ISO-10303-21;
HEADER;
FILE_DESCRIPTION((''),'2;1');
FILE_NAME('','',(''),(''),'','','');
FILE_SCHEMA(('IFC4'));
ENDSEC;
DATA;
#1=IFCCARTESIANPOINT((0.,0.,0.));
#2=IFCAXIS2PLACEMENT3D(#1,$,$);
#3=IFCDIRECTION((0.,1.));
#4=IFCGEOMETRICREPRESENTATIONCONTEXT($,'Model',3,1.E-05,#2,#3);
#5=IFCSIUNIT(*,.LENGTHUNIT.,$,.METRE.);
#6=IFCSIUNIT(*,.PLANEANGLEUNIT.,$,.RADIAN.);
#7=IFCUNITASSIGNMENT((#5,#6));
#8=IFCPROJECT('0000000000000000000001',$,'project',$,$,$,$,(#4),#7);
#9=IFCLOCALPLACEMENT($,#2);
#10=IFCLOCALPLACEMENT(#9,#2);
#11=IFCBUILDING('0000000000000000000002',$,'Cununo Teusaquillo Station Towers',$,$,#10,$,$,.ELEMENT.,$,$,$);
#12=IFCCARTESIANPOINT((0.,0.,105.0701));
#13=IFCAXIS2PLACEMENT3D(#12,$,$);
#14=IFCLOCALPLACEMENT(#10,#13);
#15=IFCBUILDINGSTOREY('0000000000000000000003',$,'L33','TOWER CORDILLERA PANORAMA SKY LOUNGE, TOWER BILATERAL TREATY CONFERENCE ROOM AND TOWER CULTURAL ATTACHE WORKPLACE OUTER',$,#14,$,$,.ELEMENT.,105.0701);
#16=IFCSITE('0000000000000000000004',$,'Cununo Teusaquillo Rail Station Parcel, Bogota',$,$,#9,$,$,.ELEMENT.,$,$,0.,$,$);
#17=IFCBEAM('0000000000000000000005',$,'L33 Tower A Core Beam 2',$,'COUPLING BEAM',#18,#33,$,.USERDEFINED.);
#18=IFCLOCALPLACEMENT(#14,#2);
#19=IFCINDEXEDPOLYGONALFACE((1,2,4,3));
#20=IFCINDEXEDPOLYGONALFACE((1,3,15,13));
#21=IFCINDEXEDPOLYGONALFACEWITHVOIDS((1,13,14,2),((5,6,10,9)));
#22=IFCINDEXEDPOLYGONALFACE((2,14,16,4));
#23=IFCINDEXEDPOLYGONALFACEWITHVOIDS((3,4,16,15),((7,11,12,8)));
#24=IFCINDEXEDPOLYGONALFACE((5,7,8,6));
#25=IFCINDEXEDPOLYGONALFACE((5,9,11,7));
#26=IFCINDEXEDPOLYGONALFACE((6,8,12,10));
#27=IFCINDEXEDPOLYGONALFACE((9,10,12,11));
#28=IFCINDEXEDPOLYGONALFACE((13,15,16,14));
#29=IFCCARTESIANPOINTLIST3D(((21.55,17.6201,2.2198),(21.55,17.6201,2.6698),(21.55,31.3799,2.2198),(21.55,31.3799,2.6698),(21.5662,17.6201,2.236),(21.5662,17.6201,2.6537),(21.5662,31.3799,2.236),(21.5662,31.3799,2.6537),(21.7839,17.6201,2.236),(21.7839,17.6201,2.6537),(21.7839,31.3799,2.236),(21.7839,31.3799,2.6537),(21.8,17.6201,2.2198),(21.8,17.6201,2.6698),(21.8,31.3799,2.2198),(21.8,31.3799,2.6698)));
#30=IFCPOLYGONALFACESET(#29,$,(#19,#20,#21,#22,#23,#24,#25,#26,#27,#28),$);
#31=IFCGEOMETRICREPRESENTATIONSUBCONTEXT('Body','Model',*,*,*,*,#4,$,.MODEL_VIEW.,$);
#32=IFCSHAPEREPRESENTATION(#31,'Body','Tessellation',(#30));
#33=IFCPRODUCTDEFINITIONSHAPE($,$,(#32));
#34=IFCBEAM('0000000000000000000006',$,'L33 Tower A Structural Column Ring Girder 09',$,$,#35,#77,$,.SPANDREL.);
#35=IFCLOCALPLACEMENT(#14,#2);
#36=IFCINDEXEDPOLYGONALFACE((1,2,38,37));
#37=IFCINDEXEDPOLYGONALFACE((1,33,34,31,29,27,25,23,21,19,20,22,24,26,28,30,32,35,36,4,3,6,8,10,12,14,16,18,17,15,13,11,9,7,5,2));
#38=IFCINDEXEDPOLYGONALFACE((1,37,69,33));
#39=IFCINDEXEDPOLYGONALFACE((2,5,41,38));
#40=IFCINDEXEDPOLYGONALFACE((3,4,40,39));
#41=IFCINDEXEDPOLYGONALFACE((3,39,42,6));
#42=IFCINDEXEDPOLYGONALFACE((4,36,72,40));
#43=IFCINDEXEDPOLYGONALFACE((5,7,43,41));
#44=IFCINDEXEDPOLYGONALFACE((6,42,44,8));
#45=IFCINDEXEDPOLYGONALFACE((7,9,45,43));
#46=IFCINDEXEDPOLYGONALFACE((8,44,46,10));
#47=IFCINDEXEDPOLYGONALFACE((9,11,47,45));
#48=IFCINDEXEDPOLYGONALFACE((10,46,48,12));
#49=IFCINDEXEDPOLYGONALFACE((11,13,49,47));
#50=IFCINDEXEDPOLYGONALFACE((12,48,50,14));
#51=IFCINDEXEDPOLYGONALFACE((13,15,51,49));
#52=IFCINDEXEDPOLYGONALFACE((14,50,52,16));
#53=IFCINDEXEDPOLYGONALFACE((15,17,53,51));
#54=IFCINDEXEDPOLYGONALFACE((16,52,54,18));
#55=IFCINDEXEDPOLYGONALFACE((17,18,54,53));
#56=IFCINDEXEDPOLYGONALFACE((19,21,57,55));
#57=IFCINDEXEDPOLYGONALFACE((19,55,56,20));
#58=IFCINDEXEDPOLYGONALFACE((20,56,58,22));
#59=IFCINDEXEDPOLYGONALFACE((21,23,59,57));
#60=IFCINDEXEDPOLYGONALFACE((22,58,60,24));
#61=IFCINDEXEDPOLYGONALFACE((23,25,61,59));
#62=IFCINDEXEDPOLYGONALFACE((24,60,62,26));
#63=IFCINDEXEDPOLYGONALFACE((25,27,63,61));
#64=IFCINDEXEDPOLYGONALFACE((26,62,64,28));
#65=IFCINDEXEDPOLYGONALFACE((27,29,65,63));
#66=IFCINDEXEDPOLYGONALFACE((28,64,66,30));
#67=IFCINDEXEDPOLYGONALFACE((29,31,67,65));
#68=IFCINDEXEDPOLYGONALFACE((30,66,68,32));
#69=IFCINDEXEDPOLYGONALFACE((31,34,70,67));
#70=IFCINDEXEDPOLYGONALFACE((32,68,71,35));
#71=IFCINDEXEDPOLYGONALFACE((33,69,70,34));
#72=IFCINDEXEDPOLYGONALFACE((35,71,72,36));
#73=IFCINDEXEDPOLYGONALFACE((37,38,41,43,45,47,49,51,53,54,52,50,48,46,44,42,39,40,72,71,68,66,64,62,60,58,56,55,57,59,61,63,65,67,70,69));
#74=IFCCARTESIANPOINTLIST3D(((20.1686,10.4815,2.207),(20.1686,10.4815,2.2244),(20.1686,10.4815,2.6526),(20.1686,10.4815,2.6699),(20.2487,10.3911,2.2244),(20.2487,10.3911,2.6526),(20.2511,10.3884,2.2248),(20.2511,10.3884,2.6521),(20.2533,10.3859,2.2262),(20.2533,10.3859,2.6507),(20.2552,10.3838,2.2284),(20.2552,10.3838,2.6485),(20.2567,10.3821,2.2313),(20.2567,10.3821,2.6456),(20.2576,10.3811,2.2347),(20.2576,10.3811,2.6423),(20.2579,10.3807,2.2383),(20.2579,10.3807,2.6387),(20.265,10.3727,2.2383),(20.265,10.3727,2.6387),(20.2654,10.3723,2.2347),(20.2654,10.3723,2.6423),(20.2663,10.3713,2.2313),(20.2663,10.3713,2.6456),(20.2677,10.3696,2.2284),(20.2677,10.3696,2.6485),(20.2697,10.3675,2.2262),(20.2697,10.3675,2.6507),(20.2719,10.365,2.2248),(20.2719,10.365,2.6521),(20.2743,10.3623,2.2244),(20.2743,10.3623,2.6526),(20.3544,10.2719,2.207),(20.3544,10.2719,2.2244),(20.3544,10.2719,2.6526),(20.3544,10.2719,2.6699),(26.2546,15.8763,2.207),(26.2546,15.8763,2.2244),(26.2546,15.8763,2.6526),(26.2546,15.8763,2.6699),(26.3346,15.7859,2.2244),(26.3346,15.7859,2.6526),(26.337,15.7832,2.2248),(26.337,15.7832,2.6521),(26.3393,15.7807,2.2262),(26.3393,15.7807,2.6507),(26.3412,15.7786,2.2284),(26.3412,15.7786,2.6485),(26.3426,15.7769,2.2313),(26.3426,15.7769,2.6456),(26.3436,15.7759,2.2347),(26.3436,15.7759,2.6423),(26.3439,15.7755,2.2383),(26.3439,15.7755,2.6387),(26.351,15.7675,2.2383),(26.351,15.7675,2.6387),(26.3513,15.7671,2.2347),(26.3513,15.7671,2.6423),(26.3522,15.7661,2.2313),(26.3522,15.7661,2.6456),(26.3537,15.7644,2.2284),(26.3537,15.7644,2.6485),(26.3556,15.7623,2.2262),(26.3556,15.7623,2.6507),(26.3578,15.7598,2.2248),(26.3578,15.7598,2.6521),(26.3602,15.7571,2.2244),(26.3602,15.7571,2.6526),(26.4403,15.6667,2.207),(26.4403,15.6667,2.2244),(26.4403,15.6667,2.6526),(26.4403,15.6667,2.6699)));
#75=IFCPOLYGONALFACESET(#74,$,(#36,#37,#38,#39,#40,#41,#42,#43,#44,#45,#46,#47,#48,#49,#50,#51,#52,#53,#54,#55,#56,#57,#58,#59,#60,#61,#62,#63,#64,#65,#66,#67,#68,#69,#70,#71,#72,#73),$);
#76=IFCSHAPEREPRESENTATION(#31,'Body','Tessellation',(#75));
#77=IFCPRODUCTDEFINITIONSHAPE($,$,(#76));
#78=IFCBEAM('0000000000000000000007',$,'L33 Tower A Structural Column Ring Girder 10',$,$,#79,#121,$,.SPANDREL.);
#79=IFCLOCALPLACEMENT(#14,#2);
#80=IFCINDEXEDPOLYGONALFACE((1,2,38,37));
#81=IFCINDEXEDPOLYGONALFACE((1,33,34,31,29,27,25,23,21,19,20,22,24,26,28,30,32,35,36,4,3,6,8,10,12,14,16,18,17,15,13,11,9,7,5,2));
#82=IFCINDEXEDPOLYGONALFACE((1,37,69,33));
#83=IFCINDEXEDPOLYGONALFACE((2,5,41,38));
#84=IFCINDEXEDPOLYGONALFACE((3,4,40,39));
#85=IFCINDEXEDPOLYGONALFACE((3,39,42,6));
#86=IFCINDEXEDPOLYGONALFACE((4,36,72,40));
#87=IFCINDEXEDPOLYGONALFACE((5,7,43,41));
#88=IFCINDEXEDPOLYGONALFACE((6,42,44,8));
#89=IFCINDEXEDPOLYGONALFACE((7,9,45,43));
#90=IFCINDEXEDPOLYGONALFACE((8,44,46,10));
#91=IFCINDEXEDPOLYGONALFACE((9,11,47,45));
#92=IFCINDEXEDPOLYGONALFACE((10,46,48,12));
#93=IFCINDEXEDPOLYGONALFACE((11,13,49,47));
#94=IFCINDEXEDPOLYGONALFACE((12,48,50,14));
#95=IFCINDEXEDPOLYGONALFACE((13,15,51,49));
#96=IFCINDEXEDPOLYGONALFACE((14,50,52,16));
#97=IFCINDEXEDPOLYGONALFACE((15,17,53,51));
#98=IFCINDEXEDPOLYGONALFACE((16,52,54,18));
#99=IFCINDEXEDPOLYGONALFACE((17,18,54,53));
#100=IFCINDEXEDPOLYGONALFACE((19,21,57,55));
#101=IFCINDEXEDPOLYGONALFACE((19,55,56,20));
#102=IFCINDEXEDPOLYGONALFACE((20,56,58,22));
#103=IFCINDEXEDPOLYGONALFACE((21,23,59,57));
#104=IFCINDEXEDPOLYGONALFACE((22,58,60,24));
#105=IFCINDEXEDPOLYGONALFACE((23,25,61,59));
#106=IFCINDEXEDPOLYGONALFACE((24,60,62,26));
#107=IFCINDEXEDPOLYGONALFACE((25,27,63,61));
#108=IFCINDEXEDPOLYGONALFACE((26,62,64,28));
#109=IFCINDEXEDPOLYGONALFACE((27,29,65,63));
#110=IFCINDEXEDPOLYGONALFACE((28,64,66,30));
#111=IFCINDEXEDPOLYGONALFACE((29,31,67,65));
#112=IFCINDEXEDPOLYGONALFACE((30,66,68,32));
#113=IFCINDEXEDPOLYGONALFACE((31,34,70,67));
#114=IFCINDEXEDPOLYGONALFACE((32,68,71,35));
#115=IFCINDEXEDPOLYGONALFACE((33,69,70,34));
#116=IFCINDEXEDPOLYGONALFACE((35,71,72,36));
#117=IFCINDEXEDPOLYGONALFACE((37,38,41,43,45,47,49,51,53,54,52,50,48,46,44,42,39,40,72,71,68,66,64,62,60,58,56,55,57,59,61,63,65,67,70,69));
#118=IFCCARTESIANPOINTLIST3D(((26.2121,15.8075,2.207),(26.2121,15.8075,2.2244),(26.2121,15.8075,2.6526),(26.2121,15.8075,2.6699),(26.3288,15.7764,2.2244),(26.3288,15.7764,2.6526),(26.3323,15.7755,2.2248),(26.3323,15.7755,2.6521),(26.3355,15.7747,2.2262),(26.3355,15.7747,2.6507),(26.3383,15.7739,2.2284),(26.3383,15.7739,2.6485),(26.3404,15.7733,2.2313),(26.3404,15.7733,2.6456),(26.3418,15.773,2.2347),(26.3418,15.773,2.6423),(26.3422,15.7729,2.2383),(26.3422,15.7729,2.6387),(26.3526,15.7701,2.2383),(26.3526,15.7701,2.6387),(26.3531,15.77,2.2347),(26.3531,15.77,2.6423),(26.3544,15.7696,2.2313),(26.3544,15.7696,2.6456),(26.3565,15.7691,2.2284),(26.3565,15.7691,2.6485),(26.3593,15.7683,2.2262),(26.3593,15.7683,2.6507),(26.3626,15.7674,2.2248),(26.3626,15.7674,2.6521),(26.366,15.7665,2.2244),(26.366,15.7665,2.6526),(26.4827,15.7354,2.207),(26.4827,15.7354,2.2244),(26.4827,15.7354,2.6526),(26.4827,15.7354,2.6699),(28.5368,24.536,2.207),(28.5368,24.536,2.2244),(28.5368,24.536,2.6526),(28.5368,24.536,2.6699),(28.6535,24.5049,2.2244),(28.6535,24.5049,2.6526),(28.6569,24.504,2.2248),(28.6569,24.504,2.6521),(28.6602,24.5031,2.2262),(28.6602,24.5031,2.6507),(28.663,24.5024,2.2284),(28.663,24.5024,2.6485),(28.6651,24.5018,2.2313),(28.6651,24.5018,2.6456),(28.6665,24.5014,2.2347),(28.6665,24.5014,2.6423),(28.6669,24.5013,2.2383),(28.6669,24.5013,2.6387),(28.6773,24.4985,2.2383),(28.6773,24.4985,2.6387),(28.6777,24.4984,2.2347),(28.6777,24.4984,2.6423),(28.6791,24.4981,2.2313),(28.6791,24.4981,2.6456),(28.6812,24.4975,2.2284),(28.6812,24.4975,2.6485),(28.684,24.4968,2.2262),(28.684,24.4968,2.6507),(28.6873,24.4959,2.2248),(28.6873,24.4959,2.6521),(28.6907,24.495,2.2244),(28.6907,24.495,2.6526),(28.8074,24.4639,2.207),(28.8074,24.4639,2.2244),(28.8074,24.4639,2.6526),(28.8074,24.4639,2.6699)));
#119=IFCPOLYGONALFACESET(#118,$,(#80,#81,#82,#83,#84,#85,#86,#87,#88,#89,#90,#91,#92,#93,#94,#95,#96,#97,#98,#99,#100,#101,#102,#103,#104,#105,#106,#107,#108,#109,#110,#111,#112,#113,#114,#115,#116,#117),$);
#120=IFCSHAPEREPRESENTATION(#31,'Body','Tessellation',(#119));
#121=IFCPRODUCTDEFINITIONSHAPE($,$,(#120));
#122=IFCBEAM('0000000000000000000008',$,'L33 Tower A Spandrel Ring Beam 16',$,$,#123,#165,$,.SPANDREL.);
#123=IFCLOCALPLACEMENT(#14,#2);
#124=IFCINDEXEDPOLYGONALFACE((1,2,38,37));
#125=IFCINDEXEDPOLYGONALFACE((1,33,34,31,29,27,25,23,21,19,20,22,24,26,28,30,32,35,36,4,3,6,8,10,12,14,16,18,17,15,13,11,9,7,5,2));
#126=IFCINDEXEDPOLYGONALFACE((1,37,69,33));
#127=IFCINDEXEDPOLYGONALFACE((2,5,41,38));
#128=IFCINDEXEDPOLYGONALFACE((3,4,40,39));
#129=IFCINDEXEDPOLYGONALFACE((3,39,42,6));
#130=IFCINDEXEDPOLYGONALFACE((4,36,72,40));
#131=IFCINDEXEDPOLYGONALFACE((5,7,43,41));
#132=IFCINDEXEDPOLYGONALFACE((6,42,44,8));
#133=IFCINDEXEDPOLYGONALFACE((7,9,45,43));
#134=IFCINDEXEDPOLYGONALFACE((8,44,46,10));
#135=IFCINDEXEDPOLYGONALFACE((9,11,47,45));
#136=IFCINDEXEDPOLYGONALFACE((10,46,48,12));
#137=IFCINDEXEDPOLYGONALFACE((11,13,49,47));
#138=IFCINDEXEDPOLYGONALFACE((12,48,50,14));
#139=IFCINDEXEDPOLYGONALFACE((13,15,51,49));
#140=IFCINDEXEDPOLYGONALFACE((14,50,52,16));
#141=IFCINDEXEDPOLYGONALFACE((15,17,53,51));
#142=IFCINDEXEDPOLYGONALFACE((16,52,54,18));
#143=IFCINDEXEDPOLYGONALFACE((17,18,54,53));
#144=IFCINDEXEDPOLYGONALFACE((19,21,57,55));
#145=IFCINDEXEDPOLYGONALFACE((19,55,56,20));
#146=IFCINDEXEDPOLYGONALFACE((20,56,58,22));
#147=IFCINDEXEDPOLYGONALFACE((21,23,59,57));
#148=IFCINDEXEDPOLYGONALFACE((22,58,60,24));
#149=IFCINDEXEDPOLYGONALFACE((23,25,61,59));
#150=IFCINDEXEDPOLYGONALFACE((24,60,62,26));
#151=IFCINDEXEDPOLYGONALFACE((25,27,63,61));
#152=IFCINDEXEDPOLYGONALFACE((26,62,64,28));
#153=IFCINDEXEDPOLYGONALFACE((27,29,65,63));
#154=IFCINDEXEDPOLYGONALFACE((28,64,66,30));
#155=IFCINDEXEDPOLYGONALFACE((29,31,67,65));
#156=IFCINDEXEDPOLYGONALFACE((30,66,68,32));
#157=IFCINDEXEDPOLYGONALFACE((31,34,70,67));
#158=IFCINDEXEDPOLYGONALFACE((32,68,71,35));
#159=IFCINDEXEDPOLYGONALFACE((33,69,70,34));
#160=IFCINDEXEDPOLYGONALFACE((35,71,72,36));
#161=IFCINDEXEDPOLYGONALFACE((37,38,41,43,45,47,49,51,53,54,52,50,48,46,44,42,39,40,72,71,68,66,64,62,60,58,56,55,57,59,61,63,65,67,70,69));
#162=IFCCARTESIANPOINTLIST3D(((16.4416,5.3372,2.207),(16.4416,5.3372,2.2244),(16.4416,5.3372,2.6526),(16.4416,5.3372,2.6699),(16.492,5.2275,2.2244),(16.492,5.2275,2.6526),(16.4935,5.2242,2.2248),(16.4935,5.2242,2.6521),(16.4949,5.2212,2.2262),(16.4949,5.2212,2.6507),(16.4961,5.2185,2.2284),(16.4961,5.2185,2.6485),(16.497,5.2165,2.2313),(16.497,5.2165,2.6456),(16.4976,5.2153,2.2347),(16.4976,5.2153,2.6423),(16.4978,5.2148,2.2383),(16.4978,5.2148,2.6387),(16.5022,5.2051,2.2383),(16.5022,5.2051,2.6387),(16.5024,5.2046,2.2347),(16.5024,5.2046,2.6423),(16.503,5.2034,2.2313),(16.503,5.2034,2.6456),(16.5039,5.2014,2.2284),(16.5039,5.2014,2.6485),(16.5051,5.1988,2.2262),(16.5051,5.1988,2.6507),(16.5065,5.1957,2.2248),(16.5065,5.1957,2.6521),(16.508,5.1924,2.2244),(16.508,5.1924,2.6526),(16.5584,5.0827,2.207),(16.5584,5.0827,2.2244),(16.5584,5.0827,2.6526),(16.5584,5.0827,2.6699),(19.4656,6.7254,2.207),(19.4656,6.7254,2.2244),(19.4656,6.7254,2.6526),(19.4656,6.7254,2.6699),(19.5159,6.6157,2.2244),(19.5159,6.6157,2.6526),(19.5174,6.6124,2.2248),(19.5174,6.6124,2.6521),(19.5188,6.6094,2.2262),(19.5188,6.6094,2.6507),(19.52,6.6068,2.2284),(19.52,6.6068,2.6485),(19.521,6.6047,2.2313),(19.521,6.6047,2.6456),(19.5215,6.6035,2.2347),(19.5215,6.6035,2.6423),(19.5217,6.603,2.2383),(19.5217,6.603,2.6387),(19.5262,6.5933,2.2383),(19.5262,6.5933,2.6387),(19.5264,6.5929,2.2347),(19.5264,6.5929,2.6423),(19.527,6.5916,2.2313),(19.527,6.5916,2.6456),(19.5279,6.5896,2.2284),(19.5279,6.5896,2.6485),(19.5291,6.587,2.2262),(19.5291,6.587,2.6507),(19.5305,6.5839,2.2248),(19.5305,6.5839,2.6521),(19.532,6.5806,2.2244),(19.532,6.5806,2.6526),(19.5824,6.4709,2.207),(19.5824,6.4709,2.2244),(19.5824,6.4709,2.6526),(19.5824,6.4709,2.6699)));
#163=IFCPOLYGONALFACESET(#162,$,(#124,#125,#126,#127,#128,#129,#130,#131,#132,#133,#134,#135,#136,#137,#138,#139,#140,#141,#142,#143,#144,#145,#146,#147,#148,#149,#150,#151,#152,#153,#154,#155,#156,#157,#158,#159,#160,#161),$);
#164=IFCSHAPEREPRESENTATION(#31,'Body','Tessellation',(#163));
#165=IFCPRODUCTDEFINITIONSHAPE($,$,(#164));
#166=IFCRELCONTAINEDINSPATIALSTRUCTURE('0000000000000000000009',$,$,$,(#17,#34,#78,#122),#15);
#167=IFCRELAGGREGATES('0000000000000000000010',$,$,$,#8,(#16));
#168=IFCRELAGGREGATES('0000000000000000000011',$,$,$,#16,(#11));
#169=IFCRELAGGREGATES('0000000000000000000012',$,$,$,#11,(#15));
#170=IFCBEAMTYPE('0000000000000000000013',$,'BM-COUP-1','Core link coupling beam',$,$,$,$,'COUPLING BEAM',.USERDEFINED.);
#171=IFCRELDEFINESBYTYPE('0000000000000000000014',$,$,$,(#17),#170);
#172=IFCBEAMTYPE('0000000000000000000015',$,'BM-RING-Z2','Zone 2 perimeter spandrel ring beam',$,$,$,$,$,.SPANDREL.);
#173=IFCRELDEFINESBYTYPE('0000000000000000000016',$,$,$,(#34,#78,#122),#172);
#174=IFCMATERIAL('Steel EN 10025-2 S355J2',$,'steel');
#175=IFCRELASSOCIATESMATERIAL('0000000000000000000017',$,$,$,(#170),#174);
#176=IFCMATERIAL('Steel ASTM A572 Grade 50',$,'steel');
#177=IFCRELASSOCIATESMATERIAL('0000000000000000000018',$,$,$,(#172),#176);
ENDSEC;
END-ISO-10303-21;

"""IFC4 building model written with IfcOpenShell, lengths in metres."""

from ifc_helpers import new_model, si_unit, direction, frame, origin, origin_2d, place, context, subcontext, project, spatial, hollow_rectangle, i_section, extrude, material, material_profile, profile_set, type_object, element, save


model = new_model("IFC4")

# Units and contexts
model_context = context("Model", 3, precision=1e-05, world=origin(), true_north=direction((0.0, 1.0)))
body_context = subcontext(model_context, "Body", "Model", "MODEL_VIEW")
ifc_project = project(units=[si_unit("LENGTHUNIT", "METRE"), si_unit("PLANEANGLEUNIT", "RADIAN")], contexts=[model_context])

# Site, building, storey
site_placement = place(None, origin())
site = spatial("IfcSite", under=ifc_project, at=site_placement, Name="Cununo Teusaquillo Rail Station Parcel, Bogota", CompositionType="ELEMENT", RefElevation=0.0)
building_placement = place(site_placement, origin())
building = spatial("IfcBuilding", under=site, at=building_placement, Name="Cununo Teusaquillo Station Towers", CompositionType="ELEMENT")
storey_placement = place(building_placement, frame((0.0, 0.0, 105.0701)))
storey = spatial("IfcBuildingStorey", under=building, at=storey_placement, Name="L33", Description="TOWER CORDILLERA PANORAMA SKY LOUNGE, TOWER BILATERAL TREATY CONFERENCE ROOM AND TOWER CULTURAL ATTACHE WORKPLACE OUTER", CompositionType="ELEMENT", Elevation=105.0701)

# Beams
ifc_material_1 = material(Name="Steel EN 10025-2 S355J2", Category="steel")
ifc_material_profile_1 = material_profile(ifc_material_1, hollow_rectangle(XDim=0.25, YDim=0.45, WallThickness=0.0161, at=origin_2d()), Name="RHS 450x250x16")
ifc_profile_set_1 = profile_set([ifc_material_profile_1], Name="Steel EN 10025-2 S355J2")
beam_type_1 = type_object("IfcBeamType", Name="BM-COUP-1", Description="Core link coupling beam", ElementType="COUPLING BEAM", PredefinedType="USERDEFINED", material=ifc_profile_set_1)
beam_1_placement = place(storey_placement, frame((21.675, 17.6201, 2.4448), z_axis=(0.0, 1.0, 0.0), x_axis=(-1.0, 0.0, 0.0)))
element("IfcBeam", 1, at=beam_1_placement, inside=storey, type_object=beam_type_1, Name="L33 Tower A Core Beam 2", ObjectType="COUPLING BEAM", PredefinedType="USERDEFINED", context=body_context, shape_type="SweptSolid", body=[
    extrude(hollow_rectangle(XDim=0.25, YDim=0.45, WallThickness=0.0161, at=origin_2d()), origin(), (0.0, 0.0, 1.0), 13.7598),
])
ifc_material_2 = material(Name="Steel ASTM A572 Grade 50", Category="steel")
ifc_material_profile_2 = material_profile(ifc_material_2, i_section(OverallWidth=0.28, OverallDepth=0.4629, WebThickness=0.0107, FlangeThickness=0.0173, FilletRadius=0.0139, at=origin_2d()), Name="W18X76")
ifc_profile_set_2 = profile_set([ifc_material_profile_2], Name="Steel ASTM A572 Grade 50")
beam_type_2 = type_object("IfcBeamType", Name="BM-RING-Z2", Description="Zone 2 perimeter spandrel ring beam", PredefinedType="SPANDREL", material=ifc_profile_set_2)
beam_2_placement = place(storey_placement, frame((20.2615, 10.3767, 2.4385), z_axis=(0.748321, 0.663337, 0.0), x_axis=(-0.663337, 0.748321, 0.0)))
element("IfcBeam", 2, at=beam_2_placement, inside=storey, type_object=beam_type_2, Name="L33 Tower A Structural Column Ring Girder 09", PredefinedType="SPANDREL", context=body_context, shape_type="SweptSolid", body=[
    extrude(i_section(OverallWidth=0.28, OverallDepth=0.4629, WebThickness=0.0107, FlangeThickness=0.0173, FilletRadius=0.0139, at=origin_2d()), origin(), (0.0, 0.0, 1.0), 8.1328),
])
beam_3_placement = place(storey_placement, frame((26.3474, 15.7715, 2.4385), z_axis=(0.257363, 0.966315, 0.0), x_axis=(-0.966315, 0.257363, 0.0)))
element("IfcBeam", 3, at=beam_3_placement, inside=storey, type_object=beam_type_2, Name="L33 Tower A Structural Column Ring Girder 10", PredefinedType="SPANDREL", context=body_context, shape_type="SweptSolid", body=[
    extrude(i_section(OverallWidth=0.28, OverallDepth=0.4629, WebThickness=0.0107, FlangeThickness=0.0173, FilletRadius=0.0139, at=origin_2d()), origin(), (0.0, 0.0, 1.0), 9.0327),
])
beam_4_placement = place(storey_placement, frame((16.5, 5.21, 2.4385), z_axis=(0.908812, 0.417205, 0.0), x_axis=(-0.417205, 0.908812, 0.0)))
element("IfcBeam", 4, at=beam_4_placement, inside=storey, type_object=beam_type_2, Name="L33 Tower A Spandrel Ring Beam 16", PredefinedType="SPANDREL", context=body_context, shape_type="SweptSolid", body=[
    extrude(i_section(OverallWidth=0.28, OverallDepth=0.4629, WebThickness=0.0107, FlangeThickness=0.0173, FilletRadius=0.0139, at=origin_2d()), origin(), (0.0, 0.0, 1.0), 3.3274),
])

save(model, "model.ifc")
